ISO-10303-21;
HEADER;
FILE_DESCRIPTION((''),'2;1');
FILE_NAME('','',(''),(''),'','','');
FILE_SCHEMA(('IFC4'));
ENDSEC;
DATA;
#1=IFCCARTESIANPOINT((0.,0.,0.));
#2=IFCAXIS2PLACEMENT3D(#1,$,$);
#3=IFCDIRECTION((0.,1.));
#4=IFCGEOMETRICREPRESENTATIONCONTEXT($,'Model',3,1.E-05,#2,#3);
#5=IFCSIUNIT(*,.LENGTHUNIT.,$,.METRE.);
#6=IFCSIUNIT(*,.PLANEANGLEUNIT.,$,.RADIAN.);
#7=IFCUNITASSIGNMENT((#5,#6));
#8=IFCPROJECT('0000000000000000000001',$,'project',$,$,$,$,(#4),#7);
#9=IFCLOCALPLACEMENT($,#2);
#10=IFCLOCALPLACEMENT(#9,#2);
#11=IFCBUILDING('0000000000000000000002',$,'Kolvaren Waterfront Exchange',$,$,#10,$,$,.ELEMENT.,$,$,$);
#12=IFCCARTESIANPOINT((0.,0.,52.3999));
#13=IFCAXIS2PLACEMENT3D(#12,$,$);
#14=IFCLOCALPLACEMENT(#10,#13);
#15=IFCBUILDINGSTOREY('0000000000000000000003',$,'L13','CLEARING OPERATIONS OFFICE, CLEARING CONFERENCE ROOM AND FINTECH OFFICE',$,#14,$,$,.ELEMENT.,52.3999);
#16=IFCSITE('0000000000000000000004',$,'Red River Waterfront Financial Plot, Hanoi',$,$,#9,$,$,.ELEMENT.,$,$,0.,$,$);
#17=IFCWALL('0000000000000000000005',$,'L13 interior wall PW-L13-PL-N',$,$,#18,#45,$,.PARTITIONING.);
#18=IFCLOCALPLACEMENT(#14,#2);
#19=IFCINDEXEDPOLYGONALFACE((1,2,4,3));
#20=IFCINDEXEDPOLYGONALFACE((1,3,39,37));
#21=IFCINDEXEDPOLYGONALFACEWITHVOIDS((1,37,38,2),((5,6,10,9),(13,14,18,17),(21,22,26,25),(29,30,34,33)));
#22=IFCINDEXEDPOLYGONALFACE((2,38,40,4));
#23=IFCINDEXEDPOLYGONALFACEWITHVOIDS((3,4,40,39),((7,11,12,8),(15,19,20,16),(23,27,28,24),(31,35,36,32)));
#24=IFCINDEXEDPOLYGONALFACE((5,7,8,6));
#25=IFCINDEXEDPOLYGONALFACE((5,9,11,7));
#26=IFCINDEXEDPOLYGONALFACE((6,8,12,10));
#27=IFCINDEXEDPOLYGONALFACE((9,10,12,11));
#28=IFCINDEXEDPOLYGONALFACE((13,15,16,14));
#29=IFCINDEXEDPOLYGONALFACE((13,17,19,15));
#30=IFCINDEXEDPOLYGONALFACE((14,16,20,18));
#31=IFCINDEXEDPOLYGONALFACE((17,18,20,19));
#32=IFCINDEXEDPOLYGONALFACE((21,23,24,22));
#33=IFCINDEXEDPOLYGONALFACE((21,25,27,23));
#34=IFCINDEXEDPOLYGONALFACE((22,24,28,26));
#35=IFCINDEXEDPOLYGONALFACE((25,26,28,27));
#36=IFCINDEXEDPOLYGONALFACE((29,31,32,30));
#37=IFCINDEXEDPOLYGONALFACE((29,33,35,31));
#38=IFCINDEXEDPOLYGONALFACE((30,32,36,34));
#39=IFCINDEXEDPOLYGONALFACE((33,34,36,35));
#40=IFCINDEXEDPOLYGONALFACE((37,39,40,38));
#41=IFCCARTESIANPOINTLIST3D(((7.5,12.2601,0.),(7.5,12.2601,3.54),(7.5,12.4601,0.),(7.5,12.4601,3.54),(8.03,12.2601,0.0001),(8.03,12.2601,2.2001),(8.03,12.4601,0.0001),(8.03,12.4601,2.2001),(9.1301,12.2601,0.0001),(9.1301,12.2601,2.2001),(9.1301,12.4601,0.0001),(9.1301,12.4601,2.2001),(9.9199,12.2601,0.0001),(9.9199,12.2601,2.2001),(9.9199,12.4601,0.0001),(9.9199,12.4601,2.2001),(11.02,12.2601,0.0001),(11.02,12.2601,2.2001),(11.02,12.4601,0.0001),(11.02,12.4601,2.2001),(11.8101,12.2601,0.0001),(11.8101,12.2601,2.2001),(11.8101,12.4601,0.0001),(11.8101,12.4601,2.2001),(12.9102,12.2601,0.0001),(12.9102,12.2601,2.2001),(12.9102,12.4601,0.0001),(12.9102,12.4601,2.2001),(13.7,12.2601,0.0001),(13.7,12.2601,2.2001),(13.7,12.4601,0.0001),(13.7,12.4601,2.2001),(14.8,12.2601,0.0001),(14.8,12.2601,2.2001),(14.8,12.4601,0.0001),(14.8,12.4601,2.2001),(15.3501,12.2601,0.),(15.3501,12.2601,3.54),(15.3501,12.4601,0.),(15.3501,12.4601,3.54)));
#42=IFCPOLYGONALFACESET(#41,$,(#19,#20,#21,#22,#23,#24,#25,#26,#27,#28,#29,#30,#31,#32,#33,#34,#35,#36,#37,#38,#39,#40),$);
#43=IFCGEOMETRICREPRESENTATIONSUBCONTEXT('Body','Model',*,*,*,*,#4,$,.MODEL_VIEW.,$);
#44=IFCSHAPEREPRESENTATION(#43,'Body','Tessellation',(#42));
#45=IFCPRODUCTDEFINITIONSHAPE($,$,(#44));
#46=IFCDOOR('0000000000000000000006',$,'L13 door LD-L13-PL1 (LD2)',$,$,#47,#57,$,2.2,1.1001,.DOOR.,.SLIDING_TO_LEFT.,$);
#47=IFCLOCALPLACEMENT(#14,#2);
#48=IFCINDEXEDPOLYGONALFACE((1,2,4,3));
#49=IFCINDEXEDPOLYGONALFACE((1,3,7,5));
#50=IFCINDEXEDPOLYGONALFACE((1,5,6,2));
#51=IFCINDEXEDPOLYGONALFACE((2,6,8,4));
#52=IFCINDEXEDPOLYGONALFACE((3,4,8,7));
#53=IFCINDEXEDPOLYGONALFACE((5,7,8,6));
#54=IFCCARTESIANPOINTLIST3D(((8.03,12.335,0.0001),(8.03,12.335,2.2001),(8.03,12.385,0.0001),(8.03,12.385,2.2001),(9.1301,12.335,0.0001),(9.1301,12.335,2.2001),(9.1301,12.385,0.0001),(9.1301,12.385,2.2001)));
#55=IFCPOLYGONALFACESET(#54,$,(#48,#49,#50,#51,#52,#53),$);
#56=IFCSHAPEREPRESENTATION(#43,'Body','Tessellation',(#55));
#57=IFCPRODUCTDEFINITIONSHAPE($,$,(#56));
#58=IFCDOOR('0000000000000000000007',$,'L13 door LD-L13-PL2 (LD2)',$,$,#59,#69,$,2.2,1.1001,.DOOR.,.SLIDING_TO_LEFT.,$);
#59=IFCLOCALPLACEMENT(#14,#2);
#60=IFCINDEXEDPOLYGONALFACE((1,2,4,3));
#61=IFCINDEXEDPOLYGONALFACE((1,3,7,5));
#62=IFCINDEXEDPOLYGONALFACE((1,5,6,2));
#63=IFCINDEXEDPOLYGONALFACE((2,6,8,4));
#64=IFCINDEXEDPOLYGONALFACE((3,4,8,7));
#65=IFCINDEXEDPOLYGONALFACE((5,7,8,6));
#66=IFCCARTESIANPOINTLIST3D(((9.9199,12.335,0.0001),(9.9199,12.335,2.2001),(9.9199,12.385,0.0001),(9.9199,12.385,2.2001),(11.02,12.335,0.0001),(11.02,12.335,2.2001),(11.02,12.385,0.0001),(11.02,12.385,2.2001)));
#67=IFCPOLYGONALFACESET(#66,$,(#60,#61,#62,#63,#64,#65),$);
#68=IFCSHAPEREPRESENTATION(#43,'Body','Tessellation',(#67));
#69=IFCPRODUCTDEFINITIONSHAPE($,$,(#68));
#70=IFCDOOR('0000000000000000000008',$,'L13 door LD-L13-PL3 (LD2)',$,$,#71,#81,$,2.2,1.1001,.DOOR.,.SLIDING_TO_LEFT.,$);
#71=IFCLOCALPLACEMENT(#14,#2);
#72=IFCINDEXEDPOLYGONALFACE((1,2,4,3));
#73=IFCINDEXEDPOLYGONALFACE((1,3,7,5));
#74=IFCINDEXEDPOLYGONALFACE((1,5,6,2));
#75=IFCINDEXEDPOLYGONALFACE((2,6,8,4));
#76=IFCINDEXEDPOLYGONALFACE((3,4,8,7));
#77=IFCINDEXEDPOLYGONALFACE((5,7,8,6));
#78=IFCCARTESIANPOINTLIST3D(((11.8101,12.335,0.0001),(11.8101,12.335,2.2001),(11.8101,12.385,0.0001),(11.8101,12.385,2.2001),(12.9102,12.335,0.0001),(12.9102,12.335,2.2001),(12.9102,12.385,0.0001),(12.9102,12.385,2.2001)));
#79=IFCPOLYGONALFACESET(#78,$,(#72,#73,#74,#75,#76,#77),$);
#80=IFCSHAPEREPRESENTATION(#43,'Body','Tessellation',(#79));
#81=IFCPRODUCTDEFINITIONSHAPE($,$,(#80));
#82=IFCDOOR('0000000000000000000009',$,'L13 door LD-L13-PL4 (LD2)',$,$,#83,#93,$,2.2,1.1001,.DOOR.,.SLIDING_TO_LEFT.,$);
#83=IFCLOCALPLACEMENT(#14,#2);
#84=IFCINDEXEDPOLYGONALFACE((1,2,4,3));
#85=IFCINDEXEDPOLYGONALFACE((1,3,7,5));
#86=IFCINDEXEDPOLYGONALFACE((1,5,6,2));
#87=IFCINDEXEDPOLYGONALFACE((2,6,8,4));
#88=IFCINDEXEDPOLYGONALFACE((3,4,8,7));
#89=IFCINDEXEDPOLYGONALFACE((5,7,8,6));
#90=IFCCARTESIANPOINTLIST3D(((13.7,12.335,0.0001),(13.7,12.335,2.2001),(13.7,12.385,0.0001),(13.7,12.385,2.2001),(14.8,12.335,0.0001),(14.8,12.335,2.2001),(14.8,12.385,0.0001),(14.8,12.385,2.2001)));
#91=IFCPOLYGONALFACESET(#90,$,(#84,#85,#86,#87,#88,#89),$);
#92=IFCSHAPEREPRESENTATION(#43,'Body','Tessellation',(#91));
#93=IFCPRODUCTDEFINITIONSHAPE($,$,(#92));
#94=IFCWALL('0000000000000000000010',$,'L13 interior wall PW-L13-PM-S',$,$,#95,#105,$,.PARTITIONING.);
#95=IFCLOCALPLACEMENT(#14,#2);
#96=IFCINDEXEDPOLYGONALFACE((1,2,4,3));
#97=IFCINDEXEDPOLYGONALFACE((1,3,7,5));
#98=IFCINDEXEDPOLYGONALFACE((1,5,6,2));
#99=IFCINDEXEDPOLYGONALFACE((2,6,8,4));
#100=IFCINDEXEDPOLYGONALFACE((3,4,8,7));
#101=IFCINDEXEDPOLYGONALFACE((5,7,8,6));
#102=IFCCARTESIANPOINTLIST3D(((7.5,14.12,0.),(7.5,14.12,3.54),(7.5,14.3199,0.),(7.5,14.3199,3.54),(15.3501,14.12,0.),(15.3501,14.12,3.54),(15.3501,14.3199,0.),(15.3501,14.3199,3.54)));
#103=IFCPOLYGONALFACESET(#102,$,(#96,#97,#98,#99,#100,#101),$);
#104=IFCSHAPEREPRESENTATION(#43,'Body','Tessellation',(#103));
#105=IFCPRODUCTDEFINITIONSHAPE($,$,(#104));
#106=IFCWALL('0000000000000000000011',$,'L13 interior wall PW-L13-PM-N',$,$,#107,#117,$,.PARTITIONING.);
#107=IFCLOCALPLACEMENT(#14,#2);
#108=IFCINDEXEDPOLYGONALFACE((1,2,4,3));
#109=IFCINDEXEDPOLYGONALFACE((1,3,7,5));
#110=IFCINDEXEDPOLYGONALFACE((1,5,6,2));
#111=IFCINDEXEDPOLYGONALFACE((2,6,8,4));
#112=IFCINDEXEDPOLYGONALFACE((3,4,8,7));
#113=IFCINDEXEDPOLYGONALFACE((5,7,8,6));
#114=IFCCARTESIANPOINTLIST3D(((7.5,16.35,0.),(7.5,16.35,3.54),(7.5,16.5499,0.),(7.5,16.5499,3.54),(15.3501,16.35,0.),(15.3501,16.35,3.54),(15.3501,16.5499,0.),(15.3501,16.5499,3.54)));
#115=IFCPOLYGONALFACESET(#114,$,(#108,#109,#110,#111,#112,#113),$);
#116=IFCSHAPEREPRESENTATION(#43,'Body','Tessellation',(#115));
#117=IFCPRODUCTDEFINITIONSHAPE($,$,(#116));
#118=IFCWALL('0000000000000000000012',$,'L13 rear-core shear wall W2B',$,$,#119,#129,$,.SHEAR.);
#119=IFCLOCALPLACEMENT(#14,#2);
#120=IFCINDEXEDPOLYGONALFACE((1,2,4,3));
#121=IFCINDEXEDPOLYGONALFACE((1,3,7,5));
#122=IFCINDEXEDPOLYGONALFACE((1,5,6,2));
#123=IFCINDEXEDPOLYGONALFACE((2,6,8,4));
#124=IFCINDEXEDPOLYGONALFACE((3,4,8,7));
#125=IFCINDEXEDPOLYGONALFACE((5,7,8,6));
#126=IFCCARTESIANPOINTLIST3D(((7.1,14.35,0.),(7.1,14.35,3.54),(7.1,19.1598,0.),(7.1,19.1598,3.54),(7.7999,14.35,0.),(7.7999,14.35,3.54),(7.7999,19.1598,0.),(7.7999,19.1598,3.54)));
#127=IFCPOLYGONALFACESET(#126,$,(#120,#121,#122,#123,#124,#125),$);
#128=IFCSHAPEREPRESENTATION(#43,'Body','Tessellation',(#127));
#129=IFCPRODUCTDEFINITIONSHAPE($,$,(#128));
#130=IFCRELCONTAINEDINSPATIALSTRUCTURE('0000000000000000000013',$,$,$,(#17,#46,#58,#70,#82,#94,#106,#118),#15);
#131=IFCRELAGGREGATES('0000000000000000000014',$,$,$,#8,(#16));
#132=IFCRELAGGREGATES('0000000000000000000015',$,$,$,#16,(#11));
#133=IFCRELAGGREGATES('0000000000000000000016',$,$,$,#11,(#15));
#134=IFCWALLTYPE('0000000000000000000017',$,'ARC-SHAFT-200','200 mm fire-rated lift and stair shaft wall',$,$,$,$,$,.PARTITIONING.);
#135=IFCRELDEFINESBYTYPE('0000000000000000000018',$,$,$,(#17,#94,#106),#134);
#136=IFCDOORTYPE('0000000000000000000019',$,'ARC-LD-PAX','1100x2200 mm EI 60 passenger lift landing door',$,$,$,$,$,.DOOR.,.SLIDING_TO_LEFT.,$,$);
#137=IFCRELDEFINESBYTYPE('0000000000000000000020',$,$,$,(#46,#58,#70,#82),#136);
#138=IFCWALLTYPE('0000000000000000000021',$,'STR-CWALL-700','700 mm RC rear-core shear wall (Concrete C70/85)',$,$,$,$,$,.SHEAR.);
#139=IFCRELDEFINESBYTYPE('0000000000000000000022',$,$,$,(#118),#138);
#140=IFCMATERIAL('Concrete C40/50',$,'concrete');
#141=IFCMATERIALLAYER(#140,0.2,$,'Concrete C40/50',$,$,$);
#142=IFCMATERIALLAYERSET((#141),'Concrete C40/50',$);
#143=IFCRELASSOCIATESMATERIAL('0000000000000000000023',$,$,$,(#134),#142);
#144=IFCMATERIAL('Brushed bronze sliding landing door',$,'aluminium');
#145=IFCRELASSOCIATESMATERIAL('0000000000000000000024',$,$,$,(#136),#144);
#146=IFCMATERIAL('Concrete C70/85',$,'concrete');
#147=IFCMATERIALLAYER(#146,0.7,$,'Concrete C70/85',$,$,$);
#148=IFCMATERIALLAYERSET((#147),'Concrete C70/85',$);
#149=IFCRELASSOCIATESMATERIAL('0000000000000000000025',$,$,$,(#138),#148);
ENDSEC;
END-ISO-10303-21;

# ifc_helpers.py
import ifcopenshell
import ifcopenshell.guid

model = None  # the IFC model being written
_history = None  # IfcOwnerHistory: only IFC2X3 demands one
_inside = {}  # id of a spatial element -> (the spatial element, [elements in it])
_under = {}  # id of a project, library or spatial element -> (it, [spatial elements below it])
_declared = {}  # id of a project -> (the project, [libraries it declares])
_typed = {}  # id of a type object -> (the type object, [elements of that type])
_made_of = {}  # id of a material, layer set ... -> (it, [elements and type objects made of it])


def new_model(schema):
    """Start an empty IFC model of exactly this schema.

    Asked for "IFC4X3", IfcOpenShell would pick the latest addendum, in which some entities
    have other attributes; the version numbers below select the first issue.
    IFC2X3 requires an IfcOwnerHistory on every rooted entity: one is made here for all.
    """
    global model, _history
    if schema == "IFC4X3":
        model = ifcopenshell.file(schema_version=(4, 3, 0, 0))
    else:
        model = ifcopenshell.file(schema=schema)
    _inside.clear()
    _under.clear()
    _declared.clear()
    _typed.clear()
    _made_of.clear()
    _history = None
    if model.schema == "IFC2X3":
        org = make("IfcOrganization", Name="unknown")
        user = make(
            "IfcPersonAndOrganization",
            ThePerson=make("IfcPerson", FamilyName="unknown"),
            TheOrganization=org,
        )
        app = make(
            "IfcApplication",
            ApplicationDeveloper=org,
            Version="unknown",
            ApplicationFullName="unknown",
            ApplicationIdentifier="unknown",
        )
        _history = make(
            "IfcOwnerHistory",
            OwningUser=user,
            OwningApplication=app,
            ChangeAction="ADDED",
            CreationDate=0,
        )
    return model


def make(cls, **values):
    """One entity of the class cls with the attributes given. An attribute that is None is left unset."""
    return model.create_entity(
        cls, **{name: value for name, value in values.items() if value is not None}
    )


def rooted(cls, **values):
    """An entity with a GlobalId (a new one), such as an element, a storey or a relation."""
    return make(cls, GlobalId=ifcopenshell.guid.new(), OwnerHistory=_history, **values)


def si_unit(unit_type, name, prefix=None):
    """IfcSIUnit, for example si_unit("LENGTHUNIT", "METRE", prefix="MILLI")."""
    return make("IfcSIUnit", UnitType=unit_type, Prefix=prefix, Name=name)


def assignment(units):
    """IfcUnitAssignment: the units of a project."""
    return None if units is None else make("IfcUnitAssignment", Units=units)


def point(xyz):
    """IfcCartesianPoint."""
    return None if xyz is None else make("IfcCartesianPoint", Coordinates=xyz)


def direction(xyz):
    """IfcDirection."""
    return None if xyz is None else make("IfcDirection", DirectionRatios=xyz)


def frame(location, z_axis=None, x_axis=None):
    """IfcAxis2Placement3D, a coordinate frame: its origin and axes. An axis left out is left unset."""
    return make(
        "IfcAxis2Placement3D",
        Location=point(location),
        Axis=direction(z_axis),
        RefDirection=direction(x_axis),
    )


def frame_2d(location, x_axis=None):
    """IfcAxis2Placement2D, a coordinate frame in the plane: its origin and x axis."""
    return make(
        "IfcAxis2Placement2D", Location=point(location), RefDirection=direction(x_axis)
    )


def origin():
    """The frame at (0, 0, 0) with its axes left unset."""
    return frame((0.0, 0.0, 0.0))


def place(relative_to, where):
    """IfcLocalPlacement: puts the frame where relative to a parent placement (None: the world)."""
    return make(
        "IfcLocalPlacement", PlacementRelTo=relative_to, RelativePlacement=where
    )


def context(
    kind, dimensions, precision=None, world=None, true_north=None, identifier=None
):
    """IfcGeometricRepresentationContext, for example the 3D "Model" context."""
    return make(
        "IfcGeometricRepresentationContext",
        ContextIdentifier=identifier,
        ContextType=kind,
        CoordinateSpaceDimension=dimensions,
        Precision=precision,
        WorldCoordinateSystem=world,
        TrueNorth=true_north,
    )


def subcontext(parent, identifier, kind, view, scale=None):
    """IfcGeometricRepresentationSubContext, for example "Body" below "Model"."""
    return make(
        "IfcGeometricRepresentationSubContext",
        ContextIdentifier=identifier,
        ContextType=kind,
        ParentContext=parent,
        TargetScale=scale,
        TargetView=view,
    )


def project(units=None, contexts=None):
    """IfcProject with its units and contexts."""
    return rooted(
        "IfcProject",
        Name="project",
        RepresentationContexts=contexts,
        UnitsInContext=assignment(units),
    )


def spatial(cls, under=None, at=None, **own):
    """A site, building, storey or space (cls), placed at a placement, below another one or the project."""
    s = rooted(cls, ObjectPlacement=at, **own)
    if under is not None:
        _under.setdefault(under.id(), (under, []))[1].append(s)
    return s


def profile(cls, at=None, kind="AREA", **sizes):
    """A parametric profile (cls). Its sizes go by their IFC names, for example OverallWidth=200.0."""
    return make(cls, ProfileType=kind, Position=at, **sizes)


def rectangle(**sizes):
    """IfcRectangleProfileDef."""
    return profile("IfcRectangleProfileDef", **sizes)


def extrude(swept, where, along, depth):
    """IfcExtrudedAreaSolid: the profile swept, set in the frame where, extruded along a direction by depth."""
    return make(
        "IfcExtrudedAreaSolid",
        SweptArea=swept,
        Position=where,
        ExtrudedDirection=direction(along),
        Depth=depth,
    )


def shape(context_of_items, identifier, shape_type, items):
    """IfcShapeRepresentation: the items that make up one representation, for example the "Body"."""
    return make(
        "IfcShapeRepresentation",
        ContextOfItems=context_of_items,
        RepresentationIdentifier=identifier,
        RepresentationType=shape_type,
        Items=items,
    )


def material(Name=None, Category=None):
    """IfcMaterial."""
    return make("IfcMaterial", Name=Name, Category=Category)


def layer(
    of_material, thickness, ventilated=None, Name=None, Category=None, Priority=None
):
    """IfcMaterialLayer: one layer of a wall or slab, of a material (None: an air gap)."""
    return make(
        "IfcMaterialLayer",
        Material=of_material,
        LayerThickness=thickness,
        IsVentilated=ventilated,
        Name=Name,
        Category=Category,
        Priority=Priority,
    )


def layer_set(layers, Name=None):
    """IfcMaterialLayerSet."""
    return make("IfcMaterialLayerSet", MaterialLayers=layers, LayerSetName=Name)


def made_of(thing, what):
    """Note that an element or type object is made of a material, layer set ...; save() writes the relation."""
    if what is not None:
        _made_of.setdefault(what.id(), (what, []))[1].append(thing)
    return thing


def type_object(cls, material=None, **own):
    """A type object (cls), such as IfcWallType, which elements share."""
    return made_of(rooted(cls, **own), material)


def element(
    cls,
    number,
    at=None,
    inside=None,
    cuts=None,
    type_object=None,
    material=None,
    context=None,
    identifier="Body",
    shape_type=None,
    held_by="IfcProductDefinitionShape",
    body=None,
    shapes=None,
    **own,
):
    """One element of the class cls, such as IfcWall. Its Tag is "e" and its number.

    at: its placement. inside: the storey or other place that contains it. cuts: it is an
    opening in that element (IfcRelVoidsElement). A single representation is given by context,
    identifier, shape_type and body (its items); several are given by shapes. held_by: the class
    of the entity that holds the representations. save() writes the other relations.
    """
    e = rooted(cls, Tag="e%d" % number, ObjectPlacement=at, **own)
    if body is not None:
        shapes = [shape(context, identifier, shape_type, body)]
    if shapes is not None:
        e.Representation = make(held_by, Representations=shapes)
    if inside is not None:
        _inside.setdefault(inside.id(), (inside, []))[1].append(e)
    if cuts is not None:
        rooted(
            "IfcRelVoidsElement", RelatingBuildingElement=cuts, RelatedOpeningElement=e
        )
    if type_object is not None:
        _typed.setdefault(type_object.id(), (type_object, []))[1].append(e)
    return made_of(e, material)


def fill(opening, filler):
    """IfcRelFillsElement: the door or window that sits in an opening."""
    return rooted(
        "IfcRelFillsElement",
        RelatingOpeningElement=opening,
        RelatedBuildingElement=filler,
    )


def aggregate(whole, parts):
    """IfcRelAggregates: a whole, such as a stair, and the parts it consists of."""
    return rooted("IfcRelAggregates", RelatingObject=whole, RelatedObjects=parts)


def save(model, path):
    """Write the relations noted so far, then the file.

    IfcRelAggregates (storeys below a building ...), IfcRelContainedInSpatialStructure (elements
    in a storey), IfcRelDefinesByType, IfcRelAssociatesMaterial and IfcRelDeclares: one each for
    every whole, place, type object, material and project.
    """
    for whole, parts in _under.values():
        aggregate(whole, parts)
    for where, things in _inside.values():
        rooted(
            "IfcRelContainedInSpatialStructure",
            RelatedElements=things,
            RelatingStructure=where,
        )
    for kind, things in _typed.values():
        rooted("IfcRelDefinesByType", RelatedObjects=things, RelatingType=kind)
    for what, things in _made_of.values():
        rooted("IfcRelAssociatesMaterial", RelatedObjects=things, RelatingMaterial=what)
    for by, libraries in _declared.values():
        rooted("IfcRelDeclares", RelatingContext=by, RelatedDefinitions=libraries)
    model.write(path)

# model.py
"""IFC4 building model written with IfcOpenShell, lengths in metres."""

from ifc_helpers import new_model, si_unit, direction, frame, frame_2d, origin, place, context, subcontext, project, spatial, rectangle, extrude, material, layer, layer_set, type_object, element, fill, save


model = new_model("IFC4")

# Units and contexts
model_context = context("Model", 3, precision=1e-05, world=origin(), true_north=direction((0.0, 1.0)))
body_context = subcontext(model_context, "Body", "Model", "MODEL_VIEW")
ifc_project = project(units=[si_unit("LENGTHUNIT", "METRE"), si_unit("PLANEANGLEUNIT", "RADIAN")], contexts=[model_context])

# Site, building, storey
site_placement = place(None, origin())
site = spatial("IfcSite", under=ifc_project, at=site_placement, Name="Red River Waterfront Financial Plot, Hanoi", CompositionType="ELEMENT", RefElevation=0.0)
building_placement = place(site_placement, origin())
building = spatial("IfcBuilding", under=site, at=building_placement, Name="Kolvaren Waterfront Exchange", CompositionType="ELEMENT")
storey_placement = place(building_placement, frame((0.0, 0.0, 52.3999)))
storey = spatial("IfcBuildingStorey", under=building, at=storey_placement, Name="L13", Description="CLEARING OPERATIONS OFFICE, CLEARING CONFERENCE ROOM AND FINTECH OFFICE", CompositionType="ELEMENT", Elevation=52.3999)

# Wall, openings, doors
ifc_material_1 = material(Name="Concrete C40/50", Category="concrete")
ifc_layer_1 = layer(ifc_material_1, 0.2, Name="Concrete C40/50")
ifc_layer_set_1 = layer_set([ifc_layer_1], Name="Concrete C40/50")
wall_type_1 = type_object("IfcWallType", Name="ARC-SHAFT-200", Description="200 mm fire-rated lift and stair shaft wall", PredefinedType="PARTITIONING", material=ifc_layer_set_1)
wall_1_placement = place(storey_placement, frame((7.5, 12.3601, 0.0), z_axis=(0.0, 0.0, 1.0), x_axis=(1.0, 0.0, 0.0)))
wall_1 = element("IfcWall", 1, at=wall_1_placement, inside=storey, type_object=wall_type_1, Name="L13 interior wall PW-L13-PL-N", PredefinedType="PARTITIONING", context=body_context, shape_type="SweptSolid", body=[
    extrude(rectangle(XDim=7.8501, YDim=0.2, at=frame_2d((3.925, 0.0))), origin(), (0.0, 0.0, 1.0), 3.54),
])
opening_1_placement = place(wall_1_placement, frame((0.53, 0.0, 0.0)))
opening_1 = element("IfcOpeningElement", 2, at=opening_1_placement, cuts=wall_1, PredefinedType="OPENING", context=body_context, shape_type="SweptSolid", body=[
    extrude(rectangle(XDim=1.1001, YDim=2.2, at=frame_2d((0.55, 1.1001))), frame((0.0, 0.1099, 0.0), z_axis=(0.0, -1.0, 0.0), x_axis=(1.0, 0.0, 0.0)), (0.0, 0.0, 1.0), 0.22),
])
opening_2_placement = place(wall_1_placement, frame((2.4199, 0.0, 0.0)))
opening_2 = element("IfcOpeningElement", 3, at=opening_2_placement, cuts=wall_1, PredefinedType="OPENING", context=body_context, shape_type="SweptSolid", body=[
    extrude(rectangle(XDim=1.1001, YDim=2.2, at=frame_2d((0.55, 1.1001))), frame((0.0, 0.1099, 0.0), z_axis=(0.0, -1.0, 0.0), x_axis=(1.0, 0.0, 0.0)), (0.0, 0.0, 1.0), 0.22),
])
opening_3_placement = place(wall_1_placement, frame((4.3101, 0.0, 0.0)))
opening_3 = element("IfcOpeningElement", 4, at=opening_3_placement, cuts=wall_1, PredefinedType="OPENING", context=body_context, shape_type="SweptSolid", body=[
    extrude(rectangle(XDim=1.1001, YDim=2.2, at=frame_2d((0.55, 1.1001))), frame((0.0, 0.1099, 0.0), z_axis=(0.0, -1.0, 0.0), x_axis=(1.0, 0.0, 0.0)), (0.0, 0.0, 1.0), 0.22),
])
opening_4_placement = place(wall_1_placement, frame((6.2, 0.0, 0.0)))
opening_4 = element("IfcOpeningElement", 5, at=opening_4_placement, cuts=wall_1, PredefinedType="OPENING", context=body_context, shape_type="SweptSolid", body=[
    extrude(rectangle(XDim=1.1001, YDim=2.2, at=frame_2d((0.55, 1.1001))), frame((0.0, 0.1099, 0.0), z_axis=(0.0, -1.0, 0.0), x_axis=(1.0, 0.0, 0.0)), (0.0, 0.0, 1.0), 0.22),
])
ifc_material_2 = material(Name="Brushed bronze sliding landing door", Category="aluminium")
door_type = type_object("IfcDoorType", Name="ARC-LD-PAX", Description="1100x2200 mm EI 60 passenger lift landing door", OperationType="SLIDING_TO_LEFT", PredefinedType="DOOR", material=ifc_material_2)
door_1_placement = place(opening_1_placement, origin())
door_1 = element("IfcDoor", 6, at=door_1_placement, inside=storey, type_object=door_type, Name="L13 door LD-L13-PL1 (LD2)", OperationType="SLIDING_TO_LEFT", OverallHeight=2.2, OverallWidth=1.1001, PredefinedType="DOOR", context=body_context, shape_type="SweptSolid", body=[
    extrude(rectangle(XDim=1.1001, YDim=2.2, at=frame_2d((0.55, 1.1001))), frame((0.0, 0.0249, 0.0), z_axis=(0.0, -1.0, 0.0), x_axis=(1.0, 0.0, 0.0)), (0.0, 0.0, 1.0), 0.05),
])
fill(opening_1, door_1)
door_2_placement = place(opening_2_placement, origin())
door_2 = element("IfcDoor", 7, at=door_2_placement, inside=storey, type_object=door_type, Name="L13 door LD-L13-PL2 (LD2)", OperationType="SLIDING_TO_LEFT", OverallHeight=2.2, OverallWidth=1.1001, PredefinedType="DOOR", context=body_context, shape_type="SweptSolid", body=[
    extrude(rectangle(XDim=1.1001, YDim=2.2, at=frame_2d((0.55, 1.1001))), frame((0.0, 0.0249, 0.0), z_axis=(0.0, -1.0, 0.0), x_axis=(1.0, 0.0, 0.0)), (0.0, 0.0, 1.0), 0.05),
])
fill(opening_2, door_2)
door_3_placement = place(opening_3_placement, origin())
door_3 = element("IfcDoor", 8, at=door_3_placement, inside=storey, type_object=door_type, Name="L13 door LD-L13-PL3 (LD2)", OperationType="SLIDING_TO_LEFT", OverallHeight=2.2, OverallWidth=1.1001, PredefinedType="DOOR", context=body_context, shape_type="SweptSolid", body=[
    extrude(rectangle(XDim=1.1001, YDim=2.2, at=frame_2d((0.55, 1.1001))), frame((0.0, 0.0249, 0.0), z_axis=(0.0, -1.0, 0.0), x_axis=(1.0, 0.0, 0.0)), (0.0, 0.0, 1.0), 0.05),
])
fill(opening_3, door_3)
door_4_placement = place(opening_4_placement, origin())
door_4 = element("IfcDoor", 9, at=door_4_placement, inside=storey, type_object=door_type, Name="L13 door LD-L13-PL4 (LD2)", OperationType="SLIDING_TO_LEFT", OverallHeight=2.2, OverallWidth=1.1001, PredefinedType="DOOR", context=body_context, shape_type="SweptSolid", body=[
    extrude(rectangle(XDim=1.1001, YDim=2.2, at=frame_2d((0.55, 1.1001))), frame((0.0, 0.0249, 0.0), z_axis=(0.0, -1.0, 0.0), x_axis=(1.0, 0.0, 0.0)), (0.0, 0.0, 1.0), 0.05),
])
fill(opening_4, door_4)

# Walls
for number, where, z_axis, x_axis, name in (
    (10, (7.5, 14.22, 0.0), (0.0, 0.0, 1.0), (1.0, 0.0, 0.0), "L13 interior wall PW-L13-PM-S"),
    (11, (7.5, 16.45, 0.0), (0.0, 0.0, 1.0), (1.0, 0.0, 0.0), "L13 interior wall PW-L13-PM-N"),
):
    element("IfcWall", number, at=place(storey_placement, frame(where, z_axis=z_axis, x_axis=x_axis)), inside=storey, type_object=wall_type_1, Name=name, PredefinedType="PARTITIONING", context=body_context, shape_type="SweptSolid", body=[
        extrude(rectangle(XDim=7.8501, YDim=0.2, at=frame_2d((3.925, 0.0))), origin(), (0.0, 0.0, 1.0), 3.54),
    ])
ifc_material_3 = material(Name="Concrete C70/85", Category="concrete")
ifc_layer_2 = layer(ifc_material_3, 0.7, Name="Concrete C70/85")
ifc_layer_set_2 = layer_set([ifc_layer_2], Name="Concrete C70/85")
wall_type_2 = type_object("IfcWallType", Name="STR-CWALL-700", Description="700 mm RC rear-core shear wall (Concrete C70/85)", PredefinedType="SHEAR", material=ifc_layer_set_2)
wall_2_placement = place(storey_placement, frame((7.45, 14.3501, 0.0), z_axis=(0.0, 0.0, 1.0), x_axis=(0.0, 1.0, 0.0)))
element("IfcWall", 12, at=wall_2_placement, inside=storey, type_object=wall_type_2, Name="L13 rear-core shear wall W2B", PredefinedType="SHEAR", context=body_context, shape_type="SweptSolid", body=[
    extrude(rectangle(XDim=4.8098, YDim=0.7, at=frame_2d((2.4048, 0.0))), origin(), (0.0, 0.0, 1.0), 3.54),
])

save(model, "model.ifc")
